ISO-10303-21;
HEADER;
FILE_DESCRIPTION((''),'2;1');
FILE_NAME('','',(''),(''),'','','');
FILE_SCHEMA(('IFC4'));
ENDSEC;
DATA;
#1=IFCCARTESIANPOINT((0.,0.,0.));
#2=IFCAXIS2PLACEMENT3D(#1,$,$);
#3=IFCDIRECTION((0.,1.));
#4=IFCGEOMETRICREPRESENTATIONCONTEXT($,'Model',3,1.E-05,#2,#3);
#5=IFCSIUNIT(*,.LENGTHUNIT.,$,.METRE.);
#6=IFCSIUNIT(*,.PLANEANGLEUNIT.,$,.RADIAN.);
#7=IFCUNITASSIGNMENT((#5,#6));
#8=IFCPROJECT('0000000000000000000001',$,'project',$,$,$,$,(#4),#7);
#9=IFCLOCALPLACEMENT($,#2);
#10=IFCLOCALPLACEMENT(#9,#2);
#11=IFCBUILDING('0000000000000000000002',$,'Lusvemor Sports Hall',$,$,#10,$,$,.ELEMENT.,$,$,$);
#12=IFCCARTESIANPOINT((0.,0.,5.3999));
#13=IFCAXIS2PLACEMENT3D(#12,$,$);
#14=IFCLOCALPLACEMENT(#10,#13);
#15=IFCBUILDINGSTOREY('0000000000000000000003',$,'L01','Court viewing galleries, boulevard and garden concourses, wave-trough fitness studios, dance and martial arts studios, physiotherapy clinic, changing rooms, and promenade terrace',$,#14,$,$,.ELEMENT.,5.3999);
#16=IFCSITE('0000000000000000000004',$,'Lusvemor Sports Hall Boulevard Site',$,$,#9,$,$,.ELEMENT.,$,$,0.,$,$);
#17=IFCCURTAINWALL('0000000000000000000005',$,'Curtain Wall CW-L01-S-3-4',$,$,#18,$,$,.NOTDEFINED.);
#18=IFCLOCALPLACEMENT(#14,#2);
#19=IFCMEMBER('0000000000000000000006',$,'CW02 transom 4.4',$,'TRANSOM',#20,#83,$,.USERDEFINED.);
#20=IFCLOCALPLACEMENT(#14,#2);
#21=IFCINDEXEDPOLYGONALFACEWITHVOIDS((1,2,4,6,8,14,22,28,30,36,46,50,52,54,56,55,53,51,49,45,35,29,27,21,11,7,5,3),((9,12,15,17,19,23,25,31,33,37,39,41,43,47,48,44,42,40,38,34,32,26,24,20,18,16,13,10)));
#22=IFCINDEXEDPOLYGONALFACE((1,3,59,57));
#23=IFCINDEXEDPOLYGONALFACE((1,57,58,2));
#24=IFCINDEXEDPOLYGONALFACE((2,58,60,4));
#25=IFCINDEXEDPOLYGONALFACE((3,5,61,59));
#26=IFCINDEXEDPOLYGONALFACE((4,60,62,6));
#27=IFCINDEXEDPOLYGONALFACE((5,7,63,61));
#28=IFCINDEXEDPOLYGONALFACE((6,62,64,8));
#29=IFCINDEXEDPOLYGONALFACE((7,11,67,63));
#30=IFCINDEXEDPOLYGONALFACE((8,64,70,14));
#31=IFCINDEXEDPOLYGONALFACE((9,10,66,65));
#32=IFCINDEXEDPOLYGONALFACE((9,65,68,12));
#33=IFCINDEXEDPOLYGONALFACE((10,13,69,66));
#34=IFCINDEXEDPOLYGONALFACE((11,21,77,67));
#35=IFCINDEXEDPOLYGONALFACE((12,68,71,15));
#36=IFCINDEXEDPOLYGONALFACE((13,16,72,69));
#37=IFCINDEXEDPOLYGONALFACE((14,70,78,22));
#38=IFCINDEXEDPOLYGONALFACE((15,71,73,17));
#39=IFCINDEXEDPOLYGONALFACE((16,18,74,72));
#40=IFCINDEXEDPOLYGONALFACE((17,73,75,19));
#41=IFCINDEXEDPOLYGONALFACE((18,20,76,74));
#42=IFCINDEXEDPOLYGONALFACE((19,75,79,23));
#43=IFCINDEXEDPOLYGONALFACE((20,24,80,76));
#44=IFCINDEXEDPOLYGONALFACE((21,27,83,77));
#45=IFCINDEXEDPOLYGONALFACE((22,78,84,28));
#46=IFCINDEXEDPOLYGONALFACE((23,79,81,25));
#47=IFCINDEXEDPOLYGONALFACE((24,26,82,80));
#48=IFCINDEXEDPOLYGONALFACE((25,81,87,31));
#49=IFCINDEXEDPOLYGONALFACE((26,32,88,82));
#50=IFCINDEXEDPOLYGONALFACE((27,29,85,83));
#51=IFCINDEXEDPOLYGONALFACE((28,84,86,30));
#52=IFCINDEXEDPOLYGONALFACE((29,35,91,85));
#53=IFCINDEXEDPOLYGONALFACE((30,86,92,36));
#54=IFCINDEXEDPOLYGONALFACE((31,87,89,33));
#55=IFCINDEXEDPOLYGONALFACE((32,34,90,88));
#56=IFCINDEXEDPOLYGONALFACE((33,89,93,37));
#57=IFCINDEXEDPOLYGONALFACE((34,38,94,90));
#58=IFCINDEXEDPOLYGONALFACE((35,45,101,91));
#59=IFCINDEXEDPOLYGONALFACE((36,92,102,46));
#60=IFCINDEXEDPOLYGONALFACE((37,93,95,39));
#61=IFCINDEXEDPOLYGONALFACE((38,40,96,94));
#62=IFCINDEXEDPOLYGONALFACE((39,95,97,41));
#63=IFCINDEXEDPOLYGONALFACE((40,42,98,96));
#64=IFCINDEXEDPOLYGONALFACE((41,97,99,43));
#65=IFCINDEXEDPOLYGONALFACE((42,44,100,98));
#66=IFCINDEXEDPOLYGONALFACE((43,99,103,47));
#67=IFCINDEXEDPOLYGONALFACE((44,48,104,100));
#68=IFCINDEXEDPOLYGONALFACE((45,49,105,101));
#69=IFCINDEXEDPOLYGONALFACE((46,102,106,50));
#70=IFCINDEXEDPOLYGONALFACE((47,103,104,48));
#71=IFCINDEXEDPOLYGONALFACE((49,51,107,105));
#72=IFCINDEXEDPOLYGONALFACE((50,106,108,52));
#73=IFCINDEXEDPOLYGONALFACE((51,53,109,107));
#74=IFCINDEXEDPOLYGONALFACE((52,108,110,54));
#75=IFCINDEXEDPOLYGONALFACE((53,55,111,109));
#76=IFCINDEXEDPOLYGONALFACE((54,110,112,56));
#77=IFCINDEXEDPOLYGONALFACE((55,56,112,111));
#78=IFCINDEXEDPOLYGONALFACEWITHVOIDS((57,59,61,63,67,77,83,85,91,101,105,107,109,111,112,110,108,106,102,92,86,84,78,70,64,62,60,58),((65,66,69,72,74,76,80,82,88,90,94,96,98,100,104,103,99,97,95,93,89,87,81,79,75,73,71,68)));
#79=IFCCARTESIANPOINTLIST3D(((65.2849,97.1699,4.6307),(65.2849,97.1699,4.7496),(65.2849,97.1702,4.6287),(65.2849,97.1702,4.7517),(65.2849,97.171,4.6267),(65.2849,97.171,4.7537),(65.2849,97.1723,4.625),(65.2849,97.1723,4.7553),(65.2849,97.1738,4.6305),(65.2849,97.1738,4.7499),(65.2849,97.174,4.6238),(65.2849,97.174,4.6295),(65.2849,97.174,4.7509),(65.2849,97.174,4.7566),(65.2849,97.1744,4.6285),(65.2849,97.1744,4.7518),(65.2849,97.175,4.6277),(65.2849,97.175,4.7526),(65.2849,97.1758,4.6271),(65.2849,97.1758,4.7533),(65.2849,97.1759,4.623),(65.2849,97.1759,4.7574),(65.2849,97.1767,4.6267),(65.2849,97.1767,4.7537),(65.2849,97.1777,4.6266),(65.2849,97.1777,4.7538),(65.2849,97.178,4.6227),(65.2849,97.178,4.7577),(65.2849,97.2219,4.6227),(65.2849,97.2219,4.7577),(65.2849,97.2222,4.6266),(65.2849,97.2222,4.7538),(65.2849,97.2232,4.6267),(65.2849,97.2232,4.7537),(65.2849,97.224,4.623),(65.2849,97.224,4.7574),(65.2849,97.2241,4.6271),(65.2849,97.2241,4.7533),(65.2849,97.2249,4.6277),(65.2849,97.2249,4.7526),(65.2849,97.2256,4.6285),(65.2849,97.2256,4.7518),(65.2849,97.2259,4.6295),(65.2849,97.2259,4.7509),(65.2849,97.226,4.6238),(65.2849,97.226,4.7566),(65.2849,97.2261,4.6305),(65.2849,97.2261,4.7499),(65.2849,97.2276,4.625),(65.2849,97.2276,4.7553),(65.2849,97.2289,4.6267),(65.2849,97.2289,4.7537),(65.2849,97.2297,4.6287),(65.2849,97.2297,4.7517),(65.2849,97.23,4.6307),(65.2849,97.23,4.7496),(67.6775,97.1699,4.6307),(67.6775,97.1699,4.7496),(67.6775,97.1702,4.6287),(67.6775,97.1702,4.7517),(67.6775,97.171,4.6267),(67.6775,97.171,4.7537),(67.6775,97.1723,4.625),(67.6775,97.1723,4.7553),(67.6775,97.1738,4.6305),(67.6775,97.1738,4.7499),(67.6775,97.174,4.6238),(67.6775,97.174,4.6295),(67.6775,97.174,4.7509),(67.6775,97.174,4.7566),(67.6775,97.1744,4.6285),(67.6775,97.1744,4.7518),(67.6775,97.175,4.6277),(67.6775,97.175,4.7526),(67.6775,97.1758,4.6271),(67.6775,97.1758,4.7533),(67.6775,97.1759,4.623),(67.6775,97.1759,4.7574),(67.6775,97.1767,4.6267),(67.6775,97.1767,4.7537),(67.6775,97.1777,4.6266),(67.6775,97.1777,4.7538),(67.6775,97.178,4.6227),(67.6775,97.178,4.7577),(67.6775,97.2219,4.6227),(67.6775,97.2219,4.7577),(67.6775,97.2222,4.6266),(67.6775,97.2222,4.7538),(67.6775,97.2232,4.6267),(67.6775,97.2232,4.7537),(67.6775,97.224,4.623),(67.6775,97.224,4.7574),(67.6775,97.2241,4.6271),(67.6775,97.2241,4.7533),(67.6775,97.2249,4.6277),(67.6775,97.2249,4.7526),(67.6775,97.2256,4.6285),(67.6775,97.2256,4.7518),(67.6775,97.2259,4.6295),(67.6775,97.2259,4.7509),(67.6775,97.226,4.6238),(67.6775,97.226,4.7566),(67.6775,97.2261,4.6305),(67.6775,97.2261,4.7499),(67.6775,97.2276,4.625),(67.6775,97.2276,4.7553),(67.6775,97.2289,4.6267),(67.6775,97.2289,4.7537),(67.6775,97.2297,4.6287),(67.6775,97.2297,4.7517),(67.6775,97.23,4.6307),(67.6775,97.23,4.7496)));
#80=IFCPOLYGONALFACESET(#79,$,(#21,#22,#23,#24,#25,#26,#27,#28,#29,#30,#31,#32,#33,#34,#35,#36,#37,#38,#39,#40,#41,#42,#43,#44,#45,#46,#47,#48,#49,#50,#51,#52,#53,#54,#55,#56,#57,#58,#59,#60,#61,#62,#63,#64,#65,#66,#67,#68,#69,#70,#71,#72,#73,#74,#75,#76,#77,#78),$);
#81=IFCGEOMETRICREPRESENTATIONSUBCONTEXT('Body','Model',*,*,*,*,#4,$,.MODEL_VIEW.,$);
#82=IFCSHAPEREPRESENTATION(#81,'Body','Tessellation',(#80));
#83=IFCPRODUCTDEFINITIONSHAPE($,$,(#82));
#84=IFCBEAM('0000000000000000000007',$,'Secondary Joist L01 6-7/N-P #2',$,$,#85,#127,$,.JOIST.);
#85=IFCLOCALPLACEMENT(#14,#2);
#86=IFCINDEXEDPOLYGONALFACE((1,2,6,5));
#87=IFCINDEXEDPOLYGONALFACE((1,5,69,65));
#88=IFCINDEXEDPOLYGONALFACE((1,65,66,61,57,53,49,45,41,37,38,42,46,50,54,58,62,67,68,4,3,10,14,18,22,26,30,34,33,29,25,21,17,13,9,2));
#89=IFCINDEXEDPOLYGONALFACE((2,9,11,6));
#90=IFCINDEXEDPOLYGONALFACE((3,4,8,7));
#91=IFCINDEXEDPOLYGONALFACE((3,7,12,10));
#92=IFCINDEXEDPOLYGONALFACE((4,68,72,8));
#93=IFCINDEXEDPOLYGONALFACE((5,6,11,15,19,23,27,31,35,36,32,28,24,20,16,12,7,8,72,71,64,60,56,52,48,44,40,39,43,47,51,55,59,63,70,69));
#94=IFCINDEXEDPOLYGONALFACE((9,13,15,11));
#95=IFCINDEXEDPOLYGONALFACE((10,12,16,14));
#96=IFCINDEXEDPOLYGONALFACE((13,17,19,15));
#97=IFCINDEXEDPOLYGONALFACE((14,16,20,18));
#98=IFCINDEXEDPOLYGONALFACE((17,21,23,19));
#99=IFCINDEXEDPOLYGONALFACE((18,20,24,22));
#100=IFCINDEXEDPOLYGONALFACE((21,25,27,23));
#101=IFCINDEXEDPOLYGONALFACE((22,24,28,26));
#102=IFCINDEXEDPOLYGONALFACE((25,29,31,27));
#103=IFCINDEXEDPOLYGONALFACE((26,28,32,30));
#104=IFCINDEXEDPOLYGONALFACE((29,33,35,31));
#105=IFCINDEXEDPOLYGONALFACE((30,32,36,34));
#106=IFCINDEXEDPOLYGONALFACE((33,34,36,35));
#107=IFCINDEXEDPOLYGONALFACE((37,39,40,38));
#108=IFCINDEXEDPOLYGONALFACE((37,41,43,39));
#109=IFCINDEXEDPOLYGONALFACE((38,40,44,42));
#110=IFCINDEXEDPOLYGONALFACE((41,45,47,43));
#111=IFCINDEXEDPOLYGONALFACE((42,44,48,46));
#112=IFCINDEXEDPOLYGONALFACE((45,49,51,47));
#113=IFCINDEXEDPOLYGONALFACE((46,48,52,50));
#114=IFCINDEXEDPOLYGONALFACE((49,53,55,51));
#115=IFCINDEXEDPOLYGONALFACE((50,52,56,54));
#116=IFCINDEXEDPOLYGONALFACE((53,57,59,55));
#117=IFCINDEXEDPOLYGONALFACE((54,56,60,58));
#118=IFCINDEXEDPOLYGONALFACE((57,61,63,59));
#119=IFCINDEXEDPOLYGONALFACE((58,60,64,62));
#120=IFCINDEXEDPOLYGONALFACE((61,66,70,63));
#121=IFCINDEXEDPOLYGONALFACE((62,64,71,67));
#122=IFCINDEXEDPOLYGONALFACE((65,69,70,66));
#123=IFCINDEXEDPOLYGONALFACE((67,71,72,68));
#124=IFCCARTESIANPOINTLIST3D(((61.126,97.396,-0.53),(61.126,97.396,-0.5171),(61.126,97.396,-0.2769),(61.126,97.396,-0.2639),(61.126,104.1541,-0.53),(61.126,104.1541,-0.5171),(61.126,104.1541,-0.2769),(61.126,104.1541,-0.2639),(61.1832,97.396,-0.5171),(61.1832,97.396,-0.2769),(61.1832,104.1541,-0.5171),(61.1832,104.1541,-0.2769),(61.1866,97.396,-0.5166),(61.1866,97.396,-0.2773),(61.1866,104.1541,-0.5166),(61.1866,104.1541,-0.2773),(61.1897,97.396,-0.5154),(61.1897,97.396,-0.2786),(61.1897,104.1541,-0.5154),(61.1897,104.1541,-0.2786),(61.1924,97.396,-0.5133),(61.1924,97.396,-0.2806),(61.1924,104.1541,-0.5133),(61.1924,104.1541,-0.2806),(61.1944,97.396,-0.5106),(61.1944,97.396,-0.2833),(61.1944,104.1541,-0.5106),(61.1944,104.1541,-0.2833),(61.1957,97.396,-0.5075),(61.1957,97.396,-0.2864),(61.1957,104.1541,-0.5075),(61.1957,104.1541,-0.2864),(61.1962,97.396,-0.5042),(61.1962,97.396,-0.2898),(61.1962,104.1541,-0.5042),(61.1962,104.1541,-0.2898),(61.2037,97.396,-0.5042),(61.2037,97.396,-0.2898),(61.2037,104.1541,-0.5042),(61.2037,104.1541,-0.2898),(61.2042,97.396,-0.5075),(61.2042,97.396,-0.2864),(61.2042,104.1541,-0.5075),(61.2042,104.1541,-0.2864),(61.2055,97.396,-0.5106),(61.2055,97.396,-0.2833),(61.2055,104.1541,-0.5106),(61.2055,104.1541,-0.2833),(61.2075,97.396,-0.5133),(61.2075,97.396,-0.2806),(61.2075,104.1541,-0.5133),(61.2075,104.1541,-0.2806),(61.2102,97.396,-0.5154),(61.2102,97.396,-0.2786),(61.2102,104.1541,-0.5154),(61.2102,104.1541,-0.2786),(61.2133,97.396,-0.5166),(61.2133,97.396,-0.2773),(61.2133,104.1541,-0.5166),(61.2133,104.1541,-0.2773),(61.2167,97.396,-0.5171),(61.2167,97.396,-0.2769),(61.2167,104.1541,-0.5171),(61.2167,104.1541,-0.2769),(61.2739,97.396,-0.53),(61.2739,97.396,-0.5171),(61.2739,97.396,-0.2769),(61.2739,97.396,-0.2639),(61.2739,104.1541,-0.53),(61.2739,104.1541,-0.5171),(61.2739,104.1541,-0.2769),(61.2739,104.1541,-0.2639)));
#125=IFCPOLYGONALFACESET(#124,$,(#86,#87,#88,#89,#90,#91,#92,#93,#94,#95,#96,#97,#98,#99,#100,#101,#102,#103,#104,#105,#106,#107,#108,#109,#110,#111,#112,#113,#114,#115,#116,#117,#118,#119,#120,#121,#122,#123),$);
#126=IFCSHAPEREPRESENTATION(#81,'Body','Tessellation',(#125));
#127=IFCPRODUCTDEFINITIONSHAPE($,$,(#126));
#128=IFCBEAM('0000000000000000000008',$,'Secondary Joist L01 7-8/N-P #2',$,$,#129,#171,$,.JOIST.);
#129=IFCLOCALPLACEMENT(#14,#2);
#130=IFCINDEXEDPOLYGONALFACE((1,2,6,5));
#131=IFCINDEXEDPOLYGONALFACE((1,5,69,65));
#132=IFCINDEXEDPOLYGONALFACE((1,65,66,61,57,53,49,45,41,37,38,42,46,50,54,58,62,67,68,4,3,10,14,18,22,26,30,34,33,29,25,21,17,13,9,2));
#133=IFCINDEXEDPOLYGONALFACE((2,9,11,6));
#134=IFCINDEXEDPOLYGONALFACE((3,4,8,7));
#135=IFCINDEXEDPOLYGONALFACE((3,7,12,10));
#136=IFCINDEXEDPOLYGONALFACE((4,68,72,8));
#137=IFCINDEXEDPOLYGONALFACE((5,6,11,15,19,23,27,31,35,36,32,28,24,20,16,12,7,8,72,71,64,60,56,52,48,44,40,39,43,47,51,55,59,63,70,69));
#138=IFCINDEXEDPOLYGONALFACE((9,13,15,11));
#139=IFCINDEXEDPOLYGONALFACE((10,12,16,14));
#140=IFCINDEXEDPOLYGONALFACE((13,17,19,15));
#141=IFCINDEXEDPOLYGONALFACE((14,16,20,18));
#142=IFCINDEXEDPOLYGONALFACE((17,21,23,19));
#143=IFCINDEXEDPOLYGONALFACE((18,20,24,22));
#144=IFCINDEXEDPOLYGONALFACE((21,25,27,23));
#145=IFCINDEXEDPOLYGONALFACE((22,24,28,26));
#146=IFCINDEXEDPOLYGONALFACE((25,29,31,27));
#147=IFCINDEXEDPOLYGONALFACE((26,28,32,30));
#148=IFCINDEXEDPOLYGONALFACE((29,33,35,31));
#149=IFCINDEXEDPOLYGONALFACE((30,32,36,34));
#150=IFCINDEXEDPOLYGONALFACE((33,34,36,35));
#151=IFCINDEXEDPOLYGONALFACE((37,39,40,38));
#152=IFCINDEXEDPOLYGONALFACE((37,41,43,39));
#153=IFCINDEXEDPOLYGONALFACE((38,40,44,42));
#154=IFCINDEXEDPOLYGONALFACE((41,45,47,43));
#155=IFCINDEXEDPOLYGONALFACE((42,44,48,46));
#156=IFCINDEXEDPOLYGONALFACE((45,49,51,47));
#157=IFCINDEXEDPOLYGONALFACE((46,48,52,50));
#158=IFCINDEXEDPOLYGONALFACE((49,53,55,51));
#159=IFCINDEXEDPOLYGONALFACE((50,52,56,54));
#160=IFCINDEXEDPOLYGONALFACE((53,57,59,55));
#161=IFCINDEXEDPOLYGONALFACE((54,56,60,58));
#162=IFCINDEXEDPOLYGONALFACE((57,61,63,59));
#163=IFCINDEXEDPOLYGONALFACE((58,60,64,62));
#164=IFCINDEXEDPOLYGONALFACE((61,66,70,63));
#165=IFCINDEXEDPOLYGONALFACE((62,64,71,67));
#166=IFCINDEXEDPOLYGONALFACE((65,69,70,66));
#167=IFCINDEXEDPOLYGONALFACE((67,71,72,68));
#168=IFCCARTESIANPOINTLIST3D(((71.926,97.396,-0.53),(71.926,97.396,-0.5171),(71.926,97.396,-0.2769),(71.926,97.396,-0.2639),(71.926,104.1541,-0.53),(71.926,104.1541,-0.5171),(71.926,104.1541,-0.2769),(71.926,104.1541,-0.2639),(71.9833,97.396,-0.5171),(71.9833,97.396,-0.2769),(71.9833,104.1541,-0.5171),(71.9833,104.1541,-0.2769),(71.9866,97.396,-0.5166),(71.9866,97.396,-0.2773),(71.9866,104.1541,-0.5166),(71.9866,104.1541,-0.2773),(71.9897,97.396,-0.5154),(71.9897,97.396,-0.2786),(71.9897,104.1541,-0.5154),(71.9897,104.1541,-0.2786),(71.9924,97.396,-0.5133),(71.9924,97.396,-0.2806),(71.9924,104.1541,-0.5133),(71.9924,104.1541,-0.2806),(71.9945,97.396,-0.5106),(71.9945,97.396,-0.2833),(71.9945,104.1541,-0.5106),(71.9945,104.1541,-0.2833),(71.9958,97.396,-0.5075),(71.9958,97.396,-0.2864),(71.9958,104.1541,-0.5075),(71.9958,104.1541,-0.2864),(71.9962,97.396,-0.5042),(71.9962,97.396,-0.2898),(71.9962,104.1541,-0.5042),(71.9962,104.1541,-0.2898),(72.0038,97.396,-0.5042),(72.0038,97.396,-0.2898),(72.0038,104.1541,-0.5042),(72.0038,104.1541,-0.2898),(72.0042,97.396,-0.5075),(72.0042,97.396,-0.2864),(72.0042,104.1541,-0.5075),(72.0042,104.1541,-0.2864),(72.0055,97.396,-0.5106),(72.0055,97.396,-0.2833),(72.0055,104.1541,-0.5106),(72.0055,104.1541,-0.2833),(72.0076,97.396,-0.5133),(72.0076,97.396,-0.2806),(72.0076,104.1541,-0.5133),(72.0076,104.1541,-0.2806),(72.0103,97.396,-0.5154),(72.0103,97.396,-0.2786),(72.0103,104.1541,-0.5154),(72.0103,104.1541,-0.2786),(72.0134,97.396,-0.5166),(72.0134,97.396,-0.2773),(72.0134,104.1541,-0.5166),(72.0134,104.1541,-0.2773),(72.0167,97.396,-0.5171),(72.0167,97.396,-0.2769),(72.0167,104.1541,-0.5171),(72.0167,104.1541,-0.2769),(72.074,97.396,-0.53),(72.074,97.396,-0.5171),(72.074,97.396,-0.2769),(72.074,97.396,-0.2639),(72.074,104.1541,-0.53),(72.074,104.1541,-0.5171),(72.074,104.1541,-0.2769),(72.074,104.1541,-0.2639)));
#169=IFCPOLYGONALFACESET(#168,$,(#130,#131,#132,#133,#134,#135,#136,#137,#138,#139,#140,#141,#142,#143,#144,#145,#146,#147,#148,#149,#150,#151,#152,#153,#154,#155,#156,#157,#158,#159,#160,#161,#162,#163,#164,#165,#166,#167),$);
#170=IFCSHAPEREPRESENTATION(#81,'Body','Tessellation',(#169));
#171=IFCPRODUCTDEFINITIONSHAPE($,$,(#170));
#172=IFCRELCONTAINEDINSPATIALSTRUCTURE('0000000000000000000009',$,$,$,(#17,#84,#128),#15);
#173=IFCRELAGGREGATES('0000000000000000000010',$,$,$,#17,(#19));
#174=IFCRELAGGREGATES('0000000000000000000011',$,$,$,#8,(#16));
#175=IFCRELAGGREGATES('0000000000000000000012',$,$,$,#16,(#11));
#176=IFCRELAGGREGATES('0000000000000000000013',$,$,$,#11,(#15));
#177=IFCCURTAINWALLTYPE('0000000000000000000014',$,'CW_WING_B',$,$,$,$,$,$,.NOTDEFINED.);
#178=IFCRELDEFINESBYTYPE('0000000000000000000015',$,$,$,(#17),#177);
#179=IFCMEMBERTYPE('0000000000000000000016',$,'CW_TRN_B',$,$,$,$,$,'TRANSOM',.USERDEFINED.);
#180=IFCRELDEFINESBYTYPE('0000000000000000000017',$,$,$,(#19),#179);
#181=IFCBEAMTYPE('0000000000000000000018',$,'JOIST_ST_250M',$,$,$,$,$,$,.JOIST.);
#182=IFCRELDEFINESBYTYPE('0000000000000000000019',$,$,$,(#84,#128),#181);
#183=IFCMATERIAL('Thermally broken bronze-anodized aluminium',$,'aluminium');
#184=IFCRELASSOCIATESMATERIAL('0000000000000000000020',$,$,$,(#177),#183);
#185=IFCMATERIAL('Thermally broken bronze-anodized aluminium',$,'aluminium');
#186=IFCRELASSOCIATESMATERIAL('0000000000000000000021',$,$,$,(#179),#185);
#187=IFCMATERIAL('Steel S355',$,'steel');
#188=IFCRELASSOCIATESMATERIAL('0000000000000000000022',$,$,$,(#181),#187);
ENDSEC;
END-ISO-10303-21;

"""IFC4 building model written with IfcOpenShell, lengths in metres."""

from ifc_helpers import new_model, si_unit, direction, frame, origin, origin_2d, place, context, subcontext, project, spatial, hollow_rectangle, i_section, extrude, material, material_profile, profile_set, type_object, element, aggregate, save


model = new_model("IFC4")

# Units and contexts
model_context = context("Model", 3, precision=1e-05, world=origin(), true_north=direction((0.0, 1.0)))
body_context = subcontext(model_context, "Body", "Model", "MODEL_VIEW")
ifc_project = project(units=[si_unit("LENGTHUNIT", "METRE"), si_unit("PLANEANGLEUNIT", "RADIAN")], contexts=[model_context])

# Site, building, storey
site_placement = place(None, origin())
site = spatial("IfcSite", under=ifc_project, at=site_placement, Name="Lusvemor Sports Hall Boulevard Site", CompositionType="ELEMENT", RefElevation=0.0)
building_placement = place(site_placement, origin())
building = spatial("IfcBuilding", under=site, at=building_placement, Name="Lusvemor Sports Hall", CompositionType="ELEMENT")
storey_placement = place(building_placement, frame((0.0, 0.0, 5.3999)))
storey = spatial("IfcBuildingStorey", under=building, at=storey_placement, Name="L01", Description="Court viewing galleries, boulevard and garden concourses, wave-trough fitness studios, dance and martial arts studios, physiotherapy clinic, changing rooms, and promenade terrace", CompositionType="ELEMENT", Elevation=5.3999)

# Shared definitions
ifc_material_1 = material(Name="Thermally broken bronze-anodized aluminium", Category="aluminium")
curtain_wall_type = type_object("IfcCurtainWallType", Name="CW_WING_B", PredefinedType="NOTDEFINED", material=ifc_material_1)

# Curtain wall
curtain_wall_1_placement = place(storey_placement, origin())
curtain_wall_1 = element("IfcCurtainWall", 1, at=curtain_wall_1_placement, inside=storey, type_object=curtain_wall_type, Name="Curtain Wall CW-L01-S-3-4", PredefinedType="NOTDEFINED")

# Member
ifc_material_2 = material(Name="Thermally broken bronze-anodized aluminium", Category="aluminium")
ifc_material_profile_1 = material_profile(ifc_material_2, hollow_rectangle(XDim=0.0601, YDim=0.135, WallThickness=0.0039, InnerFilletRadius=0.0039, OuterFilletRadius=0.0081, at=origin_2d()), Name="CWTRN135x60x4")
ifc_profile_set_1 = profile_set([ifc_material_profile_1], Name="Thermally broken bronze-anodized aluminium")
member_type_1 = type_object("IfcMemberType", Name="CW_TRN_B", ElementType="TRANSOM", PredefinedType="USERDEFINED", material=ifc_profile_set_1)
member_1_placement = place(storey_placement, frame((67.6775, 97.2, 4.6902), z_axis=(-1.0, 0.0, 0.0), x_axis=(0.0, -1.0, 0.0)))
member_1 = element("IfcMember", 2, at=member_1_placement, type_object=member_type_1, Name="CW02 transom 4.4", ObjectType="TRANSOM", PredefinedType="USERDEFINED", context=body_context, shape_type="SweptSolid", body=[
    extrude(hollow_rectangle(XDim=0.0601, YDim=0.135, WallThickness=0.0039, InnerFilletRadius=0.0039, OuterFilletRadius=0.0081, at=origin_2d()), origin(), (0.0, 0.0, 1.0), 2.3926),
])

# Beams
ifc_material_3 = material(Name="Steel S355", Category="steel")
ifc_material_profile_2 = material_profile(ifc_material_3, i_section(OverallWidth=0.1479, OverallDepth=0.2661, WebThickness=0.0076, FlangeThickness=0.0129, FilletRadius=0.0129, at=origin_2d()), Name="W250x44.8")
ifc_profile_set_2 = profile_set([ifc_material_profile_2], Name="Steel S355")
beam_type_1 = type_object("IfcBeamType", Name="JOIST_ST_250M", PredefinedType="JOIST", material=ifc_profile_set_2)
for number, where, z_axis, x_axis, name in (
    (3, (61.2, 97.396, -0.397), (0.0, 1.0, 0.0), (-1.0, 0.0, 0.0), "Secondary Joist L01 6-7/N-P #2"),
    (4, (72.0, 97.396, -0.397), (0.0, 1.0, 0.0), (-1.0, 0.0, 0.0), "Secondary Joist L01 7-8/N-P #2"),
):
    element("IfcBeam", number, at=place(storey_placement, frame(where, z_axis=z_axis, x_axis=x_axis)), inside=storey, type_object=beam_type_1, Name=name, PredefinedType="JOIST", context=body_context, shape_type="SweptSolid", body=[
        extrude(i_section(OverallWidth=0.1479, OverallDepth=0.2661, WebThickness=0.0076, FlangeThickness=0.0129, FilletRadius=0.0129, at=origin_2d()), origin(), (0.0, 0.0, 1.0), 6.7581),
    ])

aggregate(curtain_wall_1, [member_1])

save(model, "model.ifc")
